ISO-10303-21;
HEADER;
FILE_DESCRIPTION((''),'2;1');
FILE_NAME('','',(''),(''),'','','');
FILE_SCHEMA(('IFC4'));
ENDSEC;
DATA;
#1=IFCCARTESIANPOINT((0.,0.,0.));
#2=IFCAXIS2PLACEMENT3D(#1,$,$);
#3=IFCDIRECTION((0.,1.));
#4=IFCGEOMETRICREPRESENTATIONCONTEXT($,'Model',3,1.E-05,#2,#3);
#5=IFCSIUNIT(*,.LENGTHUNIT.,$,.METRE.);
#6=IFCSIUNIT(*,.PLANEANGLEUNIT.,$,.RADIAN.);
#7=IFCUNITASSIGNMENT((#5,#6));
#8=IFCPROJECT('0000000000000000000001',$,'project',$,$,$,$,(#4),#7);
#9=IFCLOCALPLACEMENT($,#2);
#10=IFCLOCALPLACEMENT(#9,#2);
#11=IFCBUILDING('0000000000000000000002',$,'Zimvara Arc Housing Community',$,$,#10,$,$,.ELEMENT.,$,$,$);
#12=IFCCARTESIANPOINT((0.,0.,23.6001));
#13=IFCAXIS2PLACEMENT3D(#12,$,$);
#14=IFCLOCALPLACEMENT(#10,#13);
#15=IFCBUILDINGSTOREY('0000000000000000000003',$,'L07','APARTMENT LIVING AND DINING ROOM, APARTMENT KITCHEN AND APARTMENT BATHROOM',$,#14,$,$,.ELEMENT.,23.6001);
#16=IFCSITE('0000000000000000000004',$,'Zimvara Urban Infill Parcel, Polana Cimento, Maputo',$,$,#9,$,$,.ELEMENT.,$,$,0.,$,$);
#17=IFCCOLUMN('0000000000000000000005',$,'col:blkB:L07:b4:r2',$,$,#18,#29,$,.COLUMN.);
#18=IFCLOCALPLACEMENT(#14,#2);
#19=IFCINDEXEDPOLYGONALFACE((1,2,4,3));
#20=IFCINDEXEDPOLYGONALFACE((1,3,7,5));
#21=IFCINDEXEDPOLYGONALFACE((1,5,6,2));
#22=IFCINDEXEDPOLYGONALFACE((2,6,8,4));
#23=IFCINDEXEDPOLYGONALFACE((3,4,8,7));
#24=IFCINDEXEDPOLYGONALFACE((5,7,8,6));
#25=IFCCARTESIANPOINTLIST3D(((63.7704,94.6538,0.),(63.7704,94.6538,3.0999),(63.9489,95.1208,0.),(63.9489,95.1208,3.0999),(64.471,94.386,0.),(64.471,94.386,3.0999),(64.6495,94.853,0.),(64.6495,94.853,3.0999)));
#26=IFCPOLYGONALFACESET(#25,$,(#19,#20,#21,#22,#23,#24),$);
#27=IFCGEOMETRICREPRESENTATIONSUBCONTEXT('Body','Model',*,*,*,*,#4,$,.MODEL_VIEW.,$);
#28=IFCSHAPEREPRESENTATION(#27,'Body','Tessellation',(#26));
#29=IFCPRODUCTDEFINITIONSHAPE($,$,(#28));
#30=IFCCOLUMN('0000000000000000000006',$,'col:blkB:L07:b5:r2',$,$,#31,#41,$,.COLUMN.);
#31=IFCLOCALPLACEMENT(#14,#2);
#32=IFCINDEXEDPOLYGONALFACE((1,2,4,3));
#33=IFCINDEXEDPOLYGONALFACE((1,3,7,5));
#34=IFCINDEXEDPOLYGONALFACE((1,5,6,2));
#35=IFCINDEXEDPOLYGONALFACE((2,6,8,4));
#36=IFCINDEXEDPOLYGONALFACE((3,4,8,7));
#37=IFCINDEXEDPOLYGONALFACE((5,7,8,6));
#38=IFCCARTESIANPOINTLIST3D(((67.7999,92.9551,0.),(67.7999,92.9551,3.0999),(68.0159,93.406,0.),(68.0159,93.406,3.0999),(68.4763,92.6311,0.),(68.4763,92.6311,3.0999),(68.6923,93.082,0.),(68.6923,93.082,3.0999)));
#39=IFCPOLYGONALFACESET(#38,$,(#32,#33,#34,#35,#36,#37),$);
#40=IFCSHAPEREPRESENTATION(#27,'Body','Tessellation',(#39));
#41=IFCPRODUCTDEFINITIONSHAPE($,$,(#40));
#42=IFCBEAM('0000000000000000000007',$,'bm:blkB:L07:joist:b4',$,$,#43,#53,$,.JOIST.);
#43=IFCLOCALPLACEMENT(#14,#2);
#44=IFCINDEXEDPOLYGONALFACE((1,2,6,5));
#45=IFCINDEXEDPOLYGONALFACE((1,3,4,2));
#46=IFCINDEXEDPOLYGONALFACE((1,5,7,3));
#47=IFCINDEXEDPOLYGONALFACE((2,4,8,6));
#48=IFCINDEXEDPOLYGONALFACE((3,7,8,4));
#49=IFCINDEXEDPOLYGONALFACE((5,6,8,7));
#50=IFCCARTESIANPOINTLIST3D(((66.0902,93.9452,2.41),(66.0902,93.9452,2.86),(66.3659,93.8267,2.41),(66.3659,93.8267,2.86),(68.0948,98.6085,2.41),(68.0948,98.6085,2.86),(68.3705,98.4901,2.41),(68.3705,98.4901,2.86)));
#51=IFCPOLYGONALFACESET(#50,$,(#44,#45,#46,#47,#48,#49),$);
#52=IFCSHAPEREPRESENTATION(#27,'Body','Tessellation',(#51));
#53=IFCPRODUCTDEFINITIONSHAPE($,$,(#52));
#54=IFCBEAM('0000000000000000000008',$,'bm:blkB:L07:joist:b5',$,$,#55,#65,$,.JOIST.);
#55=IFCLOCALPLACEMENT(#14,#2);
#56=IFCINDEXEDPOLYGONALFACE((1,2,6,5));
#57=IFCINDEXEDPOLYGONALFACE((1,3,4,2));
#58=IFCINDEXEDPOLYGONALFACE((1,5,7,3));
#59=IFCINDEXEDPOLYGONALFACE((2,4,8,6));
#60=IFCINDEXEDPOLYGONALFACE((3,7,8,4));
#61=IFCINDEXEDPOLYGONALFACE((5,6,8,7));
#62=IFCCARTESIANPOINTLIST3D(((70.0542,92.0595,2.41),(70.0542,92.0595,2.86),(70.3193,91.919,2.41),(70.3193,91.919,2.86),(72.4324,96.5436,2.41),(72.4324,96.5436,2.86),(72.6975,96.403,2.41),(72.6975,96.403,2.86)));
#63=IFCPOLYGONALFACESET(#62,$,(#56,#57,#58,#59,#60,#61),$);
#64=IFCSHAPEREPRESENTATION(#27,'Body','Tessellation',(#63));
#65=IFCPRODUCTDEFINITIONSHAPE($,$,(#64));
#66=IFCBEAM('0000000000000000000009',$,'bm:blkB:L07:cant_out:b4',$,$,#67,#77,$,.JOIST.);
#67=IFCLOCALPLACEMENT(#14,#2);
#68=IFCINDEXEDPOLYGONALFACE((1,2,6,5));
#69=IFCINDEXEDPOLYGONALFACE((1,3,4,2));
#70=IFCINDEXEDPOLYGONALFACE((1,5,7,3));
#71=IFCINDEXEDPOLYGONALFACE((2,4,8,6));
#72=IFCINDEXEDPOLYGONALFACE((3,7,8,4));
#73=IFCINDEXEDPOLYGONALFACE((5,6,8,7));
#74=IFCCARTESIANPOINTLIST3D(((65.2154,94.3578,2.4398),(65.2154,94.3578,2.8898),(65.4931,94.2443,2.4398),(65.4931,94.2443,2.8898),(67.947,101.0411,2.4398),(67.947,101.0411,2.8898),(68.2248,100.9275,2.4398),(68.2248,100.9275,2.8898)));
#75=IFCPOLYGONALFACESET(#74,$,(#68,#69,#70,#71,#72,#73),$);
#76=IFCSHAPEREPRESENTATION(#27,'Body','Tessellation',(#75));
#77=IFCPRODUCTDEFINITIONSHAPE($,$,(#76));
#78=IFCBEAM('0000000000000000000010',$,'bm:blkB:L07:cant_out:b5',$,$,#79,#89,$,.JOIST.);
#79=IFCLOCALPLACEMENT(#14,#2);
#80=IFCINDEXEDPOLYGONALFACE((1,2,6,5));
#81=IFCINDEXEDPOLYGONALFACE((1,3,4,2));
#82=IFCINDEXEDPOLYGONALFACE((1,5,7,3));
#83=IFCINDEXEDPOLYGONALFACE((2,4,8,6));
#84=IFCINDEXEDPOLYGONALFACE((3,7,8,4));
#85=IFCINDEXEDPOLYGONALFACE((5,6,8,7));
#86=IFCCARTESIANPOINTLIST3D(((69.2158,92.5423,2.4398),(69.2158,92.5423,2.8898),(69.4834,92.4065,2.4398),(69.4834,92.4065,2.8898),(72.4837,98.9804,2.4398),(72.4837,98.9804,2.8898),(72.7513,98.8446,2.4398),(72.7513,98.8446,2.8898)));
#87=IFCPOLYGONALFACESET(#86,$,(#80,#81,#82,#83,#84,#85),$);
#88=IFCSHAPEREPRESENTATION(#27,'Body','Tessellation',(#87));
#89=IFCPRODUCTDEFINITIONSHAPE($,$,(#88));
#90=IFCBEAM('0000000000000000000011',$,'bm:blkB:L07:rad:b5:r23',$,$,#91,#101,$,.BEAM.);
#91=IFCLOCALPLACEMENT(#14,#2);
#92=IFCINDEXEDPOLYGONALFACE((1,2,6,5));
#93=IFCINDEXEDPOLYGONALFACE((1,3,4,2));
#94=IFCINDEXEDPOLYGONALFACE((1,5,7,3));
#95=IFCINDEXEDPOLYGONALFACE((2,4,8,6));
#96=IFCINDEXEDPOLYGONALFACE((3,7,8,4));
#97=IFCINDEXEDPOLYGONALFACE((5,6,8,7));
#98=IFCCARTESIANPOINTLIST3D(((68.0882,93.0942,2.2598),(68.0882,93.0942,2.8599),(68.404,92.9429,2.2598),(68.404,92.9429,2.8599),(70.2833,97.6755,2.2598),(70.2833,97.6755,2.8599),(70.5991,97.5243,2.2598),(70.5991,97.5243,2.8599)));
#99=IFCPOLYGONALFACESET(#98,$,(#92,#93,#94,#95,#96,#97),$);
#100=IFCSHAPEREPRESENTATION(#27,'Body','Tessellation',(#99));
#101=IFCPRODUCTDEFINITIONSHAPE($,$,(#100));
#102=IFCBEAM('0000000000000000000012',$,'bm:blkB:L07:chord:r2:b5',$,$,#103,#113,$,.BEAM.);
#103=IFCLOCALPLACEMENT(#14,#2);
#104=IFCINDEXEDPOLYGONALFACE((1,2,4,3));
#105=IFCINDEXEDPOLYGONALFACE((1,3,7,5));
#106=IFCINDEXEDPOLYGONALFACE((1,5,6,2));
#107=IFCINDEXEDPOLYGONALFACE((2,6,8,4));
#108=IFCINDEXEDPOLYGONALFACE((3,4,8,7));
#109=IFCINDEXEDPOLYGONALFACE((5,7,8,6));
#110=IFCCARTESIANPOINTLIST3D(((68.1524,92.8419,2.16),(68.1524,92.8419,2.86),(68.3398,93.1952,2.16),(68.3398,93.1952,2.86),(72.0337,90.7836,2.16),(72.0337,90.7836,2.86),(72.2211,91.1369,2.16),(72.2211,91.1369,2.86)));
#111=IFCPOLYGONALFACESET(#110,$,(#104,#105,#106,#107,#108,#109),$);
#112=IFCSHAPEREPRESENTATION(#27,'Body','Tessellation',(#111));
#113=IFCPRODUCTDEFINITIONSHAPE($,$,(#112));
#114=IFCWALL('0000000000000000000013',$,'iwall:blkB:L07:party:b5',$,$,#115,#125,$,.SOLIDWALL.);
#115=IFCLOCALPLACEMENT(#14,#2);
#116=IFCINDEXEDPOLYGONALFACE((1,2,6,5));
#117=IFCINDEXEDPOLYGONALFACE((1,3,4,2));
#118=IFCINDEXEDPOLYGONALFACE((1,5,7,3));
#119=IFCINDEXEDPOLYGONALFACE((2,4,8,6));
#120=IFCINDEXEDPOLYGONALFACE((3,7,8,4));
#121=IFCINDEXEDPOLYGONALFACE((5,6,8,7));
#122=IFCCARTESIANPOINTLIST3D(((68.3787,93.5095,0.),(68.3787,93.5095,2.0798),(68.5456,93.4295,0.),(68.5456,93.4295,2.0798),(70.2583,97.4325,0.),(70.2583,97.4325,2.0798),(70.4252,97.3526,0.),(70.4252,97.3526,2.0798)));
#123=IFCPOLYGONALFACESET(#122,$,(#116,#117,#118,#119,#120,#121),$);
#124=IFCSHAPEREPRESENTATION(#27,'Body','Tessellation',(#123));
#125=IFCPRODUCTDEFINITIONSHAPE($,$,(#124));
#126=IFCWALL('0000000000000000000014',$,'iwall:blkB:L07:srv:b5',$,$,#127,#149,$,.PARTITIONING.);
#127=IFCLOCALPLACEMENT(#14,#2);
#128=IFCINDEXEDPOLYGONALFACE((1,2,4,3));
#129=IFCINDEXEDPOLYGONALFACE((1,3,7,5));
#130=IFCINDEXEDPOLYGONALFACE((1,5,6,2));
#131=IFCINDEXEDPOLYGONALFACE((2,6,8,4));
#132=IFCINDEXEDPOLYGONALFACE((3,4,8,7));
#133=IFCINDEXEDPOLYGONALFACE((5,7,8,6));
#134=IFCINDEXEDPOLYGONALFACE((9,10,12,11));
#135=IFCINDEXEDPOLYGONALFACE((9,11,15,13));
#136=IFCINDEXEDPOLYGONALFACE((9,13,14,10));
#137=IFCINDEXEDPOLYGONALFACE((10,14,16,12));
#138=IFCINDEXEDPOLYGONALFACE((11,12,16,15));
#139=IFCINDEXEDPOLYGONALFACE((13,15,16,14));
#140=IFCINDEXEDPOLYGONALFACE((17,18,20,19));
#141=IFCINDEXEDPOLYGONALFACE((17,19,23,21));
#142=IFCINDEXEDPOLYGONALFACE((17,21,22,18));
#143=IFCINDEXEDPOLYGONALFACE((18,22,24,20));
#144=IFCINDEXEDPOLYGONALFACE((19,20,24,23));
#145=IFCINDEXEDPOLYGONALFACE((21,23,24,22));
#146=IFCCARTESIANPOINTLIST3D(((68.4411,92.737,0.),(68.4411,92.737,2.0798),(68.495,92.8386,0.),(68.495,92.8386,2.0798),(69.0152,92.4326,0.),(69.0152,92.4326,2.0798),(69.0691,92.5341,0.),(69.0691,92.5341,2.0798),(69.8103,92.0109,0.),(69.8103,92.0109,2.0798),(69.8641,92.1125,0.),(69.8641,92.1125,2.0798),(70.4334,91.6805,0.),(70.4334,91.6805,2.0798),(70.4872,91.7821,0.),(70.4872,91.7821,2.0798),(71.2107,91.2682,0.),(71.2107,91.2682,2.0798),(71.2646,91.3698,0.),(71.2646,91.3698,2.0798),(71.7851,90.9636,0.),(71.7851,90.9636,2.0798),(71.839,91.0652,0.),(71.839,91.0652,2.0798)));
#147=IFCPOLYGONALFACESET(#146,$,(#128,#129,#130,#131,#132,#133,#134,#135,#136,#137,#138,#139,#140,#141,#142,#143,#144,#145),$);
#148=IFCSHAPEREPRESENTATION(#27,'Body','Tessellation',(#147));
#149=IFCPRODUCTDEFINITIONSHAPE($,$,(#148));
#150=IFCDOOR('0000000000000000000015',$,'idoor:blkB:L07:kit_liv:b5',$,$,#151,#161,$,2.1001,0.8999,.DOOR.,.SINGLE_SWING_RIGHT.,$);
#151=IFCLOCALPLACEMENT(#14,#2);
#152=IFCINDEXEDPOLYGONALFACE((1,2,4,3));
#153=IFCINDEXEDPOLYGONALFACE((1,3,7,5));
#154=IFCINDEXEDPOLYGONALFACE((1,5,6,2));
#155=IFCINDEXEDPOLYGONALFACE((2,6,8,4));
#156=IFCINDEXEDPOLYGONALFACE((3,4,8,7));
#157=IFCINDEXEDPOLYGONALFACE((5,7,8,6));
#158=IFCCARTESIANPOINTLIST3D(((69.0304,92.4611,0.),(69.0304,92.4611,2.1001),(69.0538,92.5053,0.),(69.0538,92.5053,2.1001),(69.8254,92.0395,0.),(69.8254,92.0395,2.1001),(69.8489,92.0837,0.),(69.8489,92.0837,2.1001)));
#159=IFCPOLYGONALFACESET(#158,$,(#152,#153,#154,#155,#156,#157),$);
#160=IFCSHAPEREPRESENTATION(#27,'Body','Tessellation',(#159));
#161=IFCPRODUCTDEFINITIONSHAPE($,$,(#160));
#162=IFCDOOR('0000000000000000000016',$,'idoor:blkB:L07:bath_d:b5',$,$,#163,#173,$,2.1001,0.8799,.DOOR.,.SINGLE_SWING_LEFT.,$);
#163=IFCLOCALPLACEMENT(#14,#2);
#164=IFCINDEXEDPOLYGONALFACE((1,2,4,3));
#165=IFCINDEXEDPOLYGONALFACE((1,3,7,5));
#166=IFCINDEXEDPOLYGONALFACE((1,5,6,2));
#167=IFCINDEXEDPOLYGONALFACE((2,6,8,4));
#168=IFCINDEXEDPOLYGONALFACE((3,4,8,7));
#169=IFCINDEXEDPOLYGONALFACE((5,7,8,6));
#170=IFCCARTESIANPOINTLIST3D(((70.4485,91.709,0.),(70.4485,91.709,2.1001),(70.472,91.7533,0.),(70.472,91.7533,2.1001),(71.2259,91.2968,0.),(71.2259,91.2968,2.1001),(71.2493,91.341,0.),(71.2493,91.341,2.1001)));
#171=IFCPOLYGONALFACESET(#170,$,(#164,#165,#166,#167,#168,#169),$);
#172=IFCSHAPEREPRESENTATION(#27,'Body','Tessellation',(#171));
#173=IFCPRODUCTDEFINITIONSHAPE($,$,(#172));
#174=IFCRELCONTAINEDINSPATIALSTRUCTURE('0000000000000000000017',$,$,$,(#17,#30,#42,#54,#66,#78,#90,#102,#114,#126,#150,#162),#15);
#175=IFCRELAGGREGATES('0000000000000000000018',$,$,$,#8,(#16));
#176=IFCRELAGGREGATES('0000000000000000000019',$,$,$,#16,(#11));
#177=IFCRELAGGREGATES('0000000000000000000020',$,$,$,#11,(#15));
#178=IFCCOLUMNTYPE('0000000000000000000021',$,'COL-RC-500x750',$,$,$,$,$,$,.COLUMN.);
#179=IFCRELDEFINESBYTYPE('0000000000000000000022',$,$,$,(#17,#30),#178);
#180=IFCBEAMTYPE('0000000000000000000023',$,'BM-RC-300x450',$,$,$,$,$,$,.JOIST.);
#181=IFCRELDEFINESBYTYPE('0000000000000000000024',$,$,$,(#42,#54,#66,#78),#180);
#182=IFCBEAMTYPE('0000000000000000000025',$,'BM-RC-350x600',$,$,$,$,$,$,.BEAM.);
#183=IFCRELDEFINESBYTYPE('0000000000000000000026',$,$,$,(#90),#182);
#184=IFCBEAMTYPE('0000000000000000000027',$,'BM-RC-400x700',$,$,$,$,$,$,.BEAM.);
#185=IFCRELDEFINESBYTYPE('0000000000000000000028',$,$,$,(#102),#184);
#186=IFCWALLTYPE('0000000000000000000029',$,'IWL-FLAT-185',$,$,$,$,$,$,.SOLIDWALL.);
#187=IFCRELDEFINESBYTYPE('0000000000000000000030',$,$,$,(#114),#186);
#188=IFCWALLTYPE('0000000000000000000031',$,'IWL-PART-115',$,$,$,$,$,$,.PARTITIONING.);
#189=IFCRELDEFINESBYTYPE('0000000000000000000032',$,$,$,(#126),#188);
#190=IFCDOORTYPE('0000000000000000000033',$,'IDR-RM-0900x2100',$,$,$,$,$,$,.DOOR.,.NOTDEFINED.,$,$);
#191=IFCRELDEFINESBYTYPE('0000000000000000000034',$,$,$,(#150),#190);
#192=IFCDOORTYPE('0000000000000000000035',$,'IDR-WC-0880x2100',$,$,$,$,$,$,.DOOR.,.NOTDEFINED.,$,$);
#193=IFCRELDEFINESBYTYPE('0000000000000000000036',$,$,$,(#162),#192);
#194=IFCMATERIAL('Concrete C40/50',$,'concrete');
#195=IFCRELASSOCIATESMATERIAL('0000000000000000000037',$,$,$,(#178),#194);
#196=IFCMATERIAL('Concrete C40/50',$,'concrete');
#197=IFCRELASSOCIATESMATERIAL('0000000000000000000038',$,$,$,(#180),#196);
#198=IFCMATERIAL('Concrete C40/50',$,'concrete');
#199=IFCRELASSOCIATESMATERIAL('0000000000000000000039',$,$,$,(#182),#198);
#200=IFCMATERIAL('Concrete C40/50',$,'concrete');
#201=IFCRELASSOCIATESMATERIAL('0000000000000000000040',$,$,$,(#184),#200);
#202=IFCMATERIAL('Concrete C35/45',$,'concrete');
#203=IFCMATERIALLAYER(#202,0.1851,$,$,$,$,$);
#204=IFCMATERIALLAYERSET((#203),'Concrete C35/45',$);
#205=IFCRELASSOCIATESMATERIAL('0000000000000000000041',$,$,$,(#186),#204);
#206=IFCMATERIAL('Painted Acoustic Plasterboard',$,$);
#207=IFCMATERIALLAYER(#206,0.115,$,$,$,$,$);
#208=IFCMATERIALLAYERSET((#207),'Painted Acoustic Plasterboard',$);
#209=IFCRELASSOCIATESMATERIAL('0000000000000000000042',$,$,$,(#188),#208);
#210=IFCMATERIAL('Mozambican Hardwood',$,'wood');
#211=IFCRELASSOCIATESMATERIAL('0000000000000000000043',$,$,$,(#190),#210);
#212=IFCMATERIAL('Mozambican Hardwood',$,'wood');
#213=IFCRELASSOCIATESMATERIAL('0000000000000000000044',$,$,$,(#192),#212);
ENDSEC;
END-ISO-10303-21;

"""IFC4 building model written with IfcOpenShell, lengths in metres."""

from ifc_helpers import new_model, si_unit, direction, frame, frame_2d, origin, origin_2d, place, context, subcontext, project, spatial, rectangle, extrude, material, layer, layer_set, material_profile, profile_set, type_object, element, fill, save


model = new_model("IFC4")

# Units and contexts
model_context = context("Model", 3, precision=1e-05, world=origin(), true_north=direction((0.0, 1.0)))
body_context = subcontext(model_context, "Body", "Model", "MODEL_VIEW")
ifc_project = project(units=[si_unit("LENGTHUNIT", "METRE"), si_unit("PLANEANGLEUNIT", "RADIAN")], contexts=[model_context])

# Site, building, storey
site_placement = place(None, origin())
site = spatial("IfcSite", under=ifc_project, at=site_placement, Name="Zimvara Urban Infill Parcel, Polana Cimento, Maputo", CompositionType="ELEMENT", RefElevation=0.0)
building_placement = place(site_placement, origin())
building = spatial("IfcBuilding", under=site, at=building_placement, Name="Zimvara Arc Housing Community", CompositionType="ELEMENT")
storey_placement = place(building_placement, frame((0.0, 0.0, 23.6001)))
storey = spatial("IfcBuildingStorey", under=building, at=storey_placement, Name="L07", Description="APARTMENT LIVING AND DINING ROOM, APARTMENT KITCHEN AND APARTMENT BATHROOM", CompositionType="ELEMENT", Elevation=23.6001)

# Columns
ifc_material_1 = material(Name="Concrete C40/50", Category="concrete")
ifc_material_profile_1 = material_profile(ifc_material_1, rectangle(XDim=0.5, YDim=0.75, at=origin_2d()), Name="RC 500x750")
ifc_profile_set_1 = profile_set([ifc_material_profile_1], Name="Concrete C40/50")
column_type = type_object("IfcColumnType", Name="COL-RC-500x750", PredefinedType="COLUMN", material=ifc_profile_set_1)
for number, where, z_axis, x_axis, name in (
    (1, (64.21, 94.7534, 0.0), (0.0, 0.0, 1.0), (0.357064, 0.93408, 0.0), "col:blkB:L07:b4:r2"),
    (2, (68.2461, 93.0186, 0.0), (0.0, 0.0, 1.0), (0.432086, 0.901833, 0.0), "col:blkB:L07:b5:r2"),
):
    element("IfcColumn", number, at=place(storey_placement, frame(where, z_axis=z_axis, x_axis=x_axis)), inside=storey, type_object=column_type, Name=name, PredefinedType="COLUMN", context=body_context, shape_type="SweptSolid", body=[
        extrude(rectangle(XDim=0.5, YDim=0.75, at=origin_2d()), origin(), (0.0, 0.0, 1.0), 3.0999),
    ])

# Beams
ifc_material_2 = material(Name="Concrete C40/50", Category="concrete")
ifc_material_profile_2 = material_profile(ifc_material_2, rectangle(XDim=0.3, YDim=0.45, at=origin_2d()), Name="RC 300x450")
ifc_profile_set_2 = profile_set([ifc_material_profile_2], Name="Concrete C40/50")
beam_type_1 = type_object("IfcBeamType", Name="BM-RC-300x450", PredefinedType="JOIST", material=ifc_profile_set_2)
beam_1_placement = place(storey_placement, frame((66.228, 93.886, 2.635), z_axis=(0.394929, 0.918712, 0.0), x_axis=(-0.918712, 0.394929, 0.0)))
element("IfcBeam", 3, at=beam_1_placement, inside=storey, type_object=beam_type_1, Name="bm:blkB:L07:joist:b4", PredefinedType="JOIST", context=body_context, shape_type="SweptSolid", body=[
    extrude(rectangle(XDim=0.3, YDim=0.45, at=origin_2d()), origin(), (0.0, 0.0, 1.0), 5.0759),
])
beam_2_placement = place(storey_placement, frame((70.1868, 91.9893, 2.635), z_axis=(0.468537, 0.883444, 0.0), x_axis=(-0.883444, 0.468537, 0.0)))
element("IfcBeam", 4, at=beam_2_placement, inside=storey, type_object=beam_type_1, Name="bm:blkB:L07:joist:b5", PredefinedType="JOIST", context=body_context, shape_type="SweptSolid", body=[
    extrude(rectangle(XDim=0.3, YDim=0.45, at=origin_2d()), origin(), (0.0, 0.0, 1.0), 5.0757),
])
for number, where, z_axis, x_axis, name in (
    (5, (65.3542, 94.301, 2.6648), (0.378347, 0.925664, 0.0), (-0.925664, 0.378347, 0.0), "bm:blkB:L07:cant_out:b4"),
    (6, (69.3496, 92.4744, 2.6648), (0.452616, 0.891706, 0.0), (-0.891706, 0.452616, 0.0), "bm:blkB:L07:cant_out:b5"),
):
    element("IfcBeam", number, at=place(storey_placement, frame(where, z_axis=z_axis, x_axis=x_axis)), inside=storey, type_object=beam_type_1, Name=name, PredefinedType="JOIST", context=body_context, shape_type="SweptSolid", body=[
        extrude(rectangle(XDim=0.3, YDim=0.45, at=origin_2d()), origin(), (0.0, 0.0, 1.0), 7.22),
    ])
ifc_material_3 = material(Name="Concrete C40/50", Category="concrete")
ifc_material_profile_3 = material_profile(ifc_material_3, rectangle(XDim=0.3501, YDim=0.6001, at=origin_2d()), Name="RC 350x600")
ifc_profile_set_3 = profile_set([ifc_material_profile_3], Name="Concrete C40/50")
beam_type_2 = type_object("IfcBeamType", Name="BM-RC-350x600", PredefinedType="BEAM", material=ifc_profile_set_3)
beam_3_placement = place(storey_placement, frame((68.2461, 93.0186, 2.5598), z_axis=(0.432098, 0.901827, 0.0), x_axis=(-0.901827, 0.432098, 0.0)))
element("IfcBeam", 7, at=beam_3_placement, inside=storey, type_object=beam_type_2, Name="bm:blkB:L07:rad:b5:r23", PredefinedType="BEAM", context=body_context, shape_type="SweptSolid", body=[
    extrude(rectangle(XDim=0.3501, YDim=0.6001, at=origin_2d()), origin(), (0.0, 0.0, 1.0), 5.0801),
])
ifc_material_4 = material(Name="Concrete C40/50", Category="concrete")
ifc_material_profile_4 = material_profile(ifc_material_4, rectangle(XDim=0.3999, YDim=0.7, at=origin_2d()), Name="RC 400x700")
ifc_profile_set_4 = profile_set([ifc_material_profile_4], Name="Concrete C40/50")
beam_type_3 = type_object("IfcBeamType", Name="BM-RC-400x700", PredefinedType="BEAM", material=ifc_profile_set_4)
beam_4_placement = place(storey_placement, frame((68.2461, 93.0186, 2.51), z_axis=(0.883457, -0.468513, 0.0), x_axis=(0.468513, 0.883457, 0.0)))
element("IfcBeam", 8, at=beam_4_placement, inside=storey, type_object=beam_type_3, Name="bm:blkB:L07:chord:r2:b5", PredefinedType="BEAM", context=body_context, shape_type="SweptSolid", body=[
    extrude(rectangle(XDim=0.3999, YDim=0.7, at=origin_2d()), origin(), (0.0, 0.0, 1.0), 4.3933),
])

# Wall
ifc_material_5 = material(Name="Concrete C35/45", Category="concrete")
ifc_layer_1 = layer(ifc_material_5, 0.1851)
ifc_layer_set_1 = layer_set([ifc_layer_1], Name="Concrete C35/45")
wall_type_1 = type_object("IfcWallType", Name="IWL-FLAT-185", PredefinedType="SOLIDWALL", material=ifc_layer_set_1)
wall_1_placement = place(storey_placement, frame((68.4622, 93.4695, 0.0), z_axis=(0.0, 0.0, 1.0), x_axis=(0.432087, 0.901832, 0.0)))
element("IfcWall", 9, at=wall_1_placement, inside=storey, type_object=wall_type_1, Name="iwall:blkB:L07:party:b5", PredefinedType="SOLIDWALL", context=body_context, shape_type="SweptSolid", body=[
    extrude(rectangle(XDim=4.3501, YDim=0.1851, at=frame_2d((2.175, 0.0))), origin(), (0.0, 0.0, 1.0), 2.0798),
])

# Wall, openings, doors
ifc_material_6 = material(Name="Painted Acoustic Plasterboard")
ifc_layer_2 = layer(ifc_material_6, 0.115)
ifc_layer_set_2 = layer_set([ifc_layer_2], Name="Painted Acoustic Plasterboard")
wall_type_2 = type_object("IfcWallType", Name="IWL-PART-115", PredefinedType="PARTITIONING", material=ifc_layer_set_2)
wall_2_placement = place(storey_placement, frame((68.468, 92.7878, 0.0), z_axis=(0.0, 0.0, 1.0), x_axis=(0.88345, -0.468525, 0.0)))
wall_2 = element("IfcWall", 10, at=wall_2_placement, inside=storey, type_object=wall_type_2, Name="iwall:blkB:L07:srv:b5", PredefinedType="PARTITIONING", context=body_context, shape_type="SweptSolid", body=[
    extrude(rectangle(XDim=3.7852, YDim=0.115, at=frame_2d((1.8926, 0.0))), origin(), (0.0, 0.0, 1.0), 2.0798),
])
opening_1_placement = place(wall_2_placement, frame((0.6499, 0.0, 0.0)))
opening_1 = element("IfcOpeningElement", 11, at=opening_1_placement, cuts=wall_2, PredefinedType="OPENING", context=body_context, shape_type="SweptSolid", body=[
    extrude(rectangle(XDim=0.8999, YDim=2.1001, at=frame_2d((0.45, 1.05))), frame((0.0, 0.0674, 0.0), z_axis=(0.0, -1.0, 0.0), x_axis=(1.0, 0.0, 0.0)), (0.0, 0.0, 1.0), 0.135),
])
opening_2_placement = place(wall_2_placement, frame((2.2551, 0.0, 0.0)))
opening_2 = element("IfcOpeningElement", 12, at=opening_2_placement, cuts=wall_2, PredefinedType="OPENING", context=body_context, shape_type="SweptSolid", body=[
    extrude(rectangle(XDim=0.8799, YDim=2.1001, at=frame_2d((0.4399, 1.05))), frame((0.0, 0.0674, 0.0), z_axis=(0.0, -1.0, 0.0), x_axis=(1.0, 0.0, 0.0)), (0.0, 0.0, 1.0), 0.135),
])
ifc_material_7 = material(Name="Mozambican Hardwood", Category="wood")
door_type_1 = type_object("IfcDoorType", Name="IDR-RM-0900x2100", OperationType="NOTDEFINED", PredefinedType="DOOR", material=ifc_material_7)
door_1_placement = place(opening_1_placement, origin())
door_1 = element("IfcDoor", 13, at=door_1_placement, inside=storey, type_object=door_type_1, Name="idoor:blkB:L07:kit_liv:b5", OperationType="SINGLE_SWING_RIGHT", OverallHeight=2.1001, OverallWidth=0.8999, PredefinedType="DOOR", context=body_context, shape_type="SweptSolid", body=[
    extrude(rectangle(XDim=0.8999, YDim=2.1001, at=frame_2d((0.45, 1.05))), frame((0.0, 0.0249, 0.0), z_axis=(0.0, -1.0, 0.0), x_axis=(1.0, 0.0, 0.0)), (0.0, 0.0, 1.0), 0.05),
])
fill(opening_1, door_1)
ifc_material_8 = material(Name="Mozambican Hardwood", Category="wood")
door_type_2 = type_object("IfcDoorType", Name="IDR-WC-0880x2100", OperationType="NOTDEFINED", PredefinedType="DOOR", material=ifc_material_8)
door_2_placement = place(opening_2_placement, origin())
door_2 = element("IfcDoor", 14, at=door_2_placement, inside=storey, type_object=door_type_2, Name="idoor:blkB:L07:bath_d:b5", OperationType="SINGLE_SWING_LEFT", OverallHeight=2.1001, OverallWidth=0.8799, PredefinedType="DOOR", context=body_context, shape_type="SweptSolid", body=[
    extrude(rectangle(XDim=0.8799, YDim=2.1001, at=frame_2d((0.4399, 1.05))), frame((0.0, 0.0249, 0.0), z_axis=(0.0, -1.0, 0.0), x_axis=(1.0, 0.0, 0.0)), (0.0, 0.0, 1.0), 0.05),
])
fill(opening_2, door_2)

save(model, "model.ifc")
